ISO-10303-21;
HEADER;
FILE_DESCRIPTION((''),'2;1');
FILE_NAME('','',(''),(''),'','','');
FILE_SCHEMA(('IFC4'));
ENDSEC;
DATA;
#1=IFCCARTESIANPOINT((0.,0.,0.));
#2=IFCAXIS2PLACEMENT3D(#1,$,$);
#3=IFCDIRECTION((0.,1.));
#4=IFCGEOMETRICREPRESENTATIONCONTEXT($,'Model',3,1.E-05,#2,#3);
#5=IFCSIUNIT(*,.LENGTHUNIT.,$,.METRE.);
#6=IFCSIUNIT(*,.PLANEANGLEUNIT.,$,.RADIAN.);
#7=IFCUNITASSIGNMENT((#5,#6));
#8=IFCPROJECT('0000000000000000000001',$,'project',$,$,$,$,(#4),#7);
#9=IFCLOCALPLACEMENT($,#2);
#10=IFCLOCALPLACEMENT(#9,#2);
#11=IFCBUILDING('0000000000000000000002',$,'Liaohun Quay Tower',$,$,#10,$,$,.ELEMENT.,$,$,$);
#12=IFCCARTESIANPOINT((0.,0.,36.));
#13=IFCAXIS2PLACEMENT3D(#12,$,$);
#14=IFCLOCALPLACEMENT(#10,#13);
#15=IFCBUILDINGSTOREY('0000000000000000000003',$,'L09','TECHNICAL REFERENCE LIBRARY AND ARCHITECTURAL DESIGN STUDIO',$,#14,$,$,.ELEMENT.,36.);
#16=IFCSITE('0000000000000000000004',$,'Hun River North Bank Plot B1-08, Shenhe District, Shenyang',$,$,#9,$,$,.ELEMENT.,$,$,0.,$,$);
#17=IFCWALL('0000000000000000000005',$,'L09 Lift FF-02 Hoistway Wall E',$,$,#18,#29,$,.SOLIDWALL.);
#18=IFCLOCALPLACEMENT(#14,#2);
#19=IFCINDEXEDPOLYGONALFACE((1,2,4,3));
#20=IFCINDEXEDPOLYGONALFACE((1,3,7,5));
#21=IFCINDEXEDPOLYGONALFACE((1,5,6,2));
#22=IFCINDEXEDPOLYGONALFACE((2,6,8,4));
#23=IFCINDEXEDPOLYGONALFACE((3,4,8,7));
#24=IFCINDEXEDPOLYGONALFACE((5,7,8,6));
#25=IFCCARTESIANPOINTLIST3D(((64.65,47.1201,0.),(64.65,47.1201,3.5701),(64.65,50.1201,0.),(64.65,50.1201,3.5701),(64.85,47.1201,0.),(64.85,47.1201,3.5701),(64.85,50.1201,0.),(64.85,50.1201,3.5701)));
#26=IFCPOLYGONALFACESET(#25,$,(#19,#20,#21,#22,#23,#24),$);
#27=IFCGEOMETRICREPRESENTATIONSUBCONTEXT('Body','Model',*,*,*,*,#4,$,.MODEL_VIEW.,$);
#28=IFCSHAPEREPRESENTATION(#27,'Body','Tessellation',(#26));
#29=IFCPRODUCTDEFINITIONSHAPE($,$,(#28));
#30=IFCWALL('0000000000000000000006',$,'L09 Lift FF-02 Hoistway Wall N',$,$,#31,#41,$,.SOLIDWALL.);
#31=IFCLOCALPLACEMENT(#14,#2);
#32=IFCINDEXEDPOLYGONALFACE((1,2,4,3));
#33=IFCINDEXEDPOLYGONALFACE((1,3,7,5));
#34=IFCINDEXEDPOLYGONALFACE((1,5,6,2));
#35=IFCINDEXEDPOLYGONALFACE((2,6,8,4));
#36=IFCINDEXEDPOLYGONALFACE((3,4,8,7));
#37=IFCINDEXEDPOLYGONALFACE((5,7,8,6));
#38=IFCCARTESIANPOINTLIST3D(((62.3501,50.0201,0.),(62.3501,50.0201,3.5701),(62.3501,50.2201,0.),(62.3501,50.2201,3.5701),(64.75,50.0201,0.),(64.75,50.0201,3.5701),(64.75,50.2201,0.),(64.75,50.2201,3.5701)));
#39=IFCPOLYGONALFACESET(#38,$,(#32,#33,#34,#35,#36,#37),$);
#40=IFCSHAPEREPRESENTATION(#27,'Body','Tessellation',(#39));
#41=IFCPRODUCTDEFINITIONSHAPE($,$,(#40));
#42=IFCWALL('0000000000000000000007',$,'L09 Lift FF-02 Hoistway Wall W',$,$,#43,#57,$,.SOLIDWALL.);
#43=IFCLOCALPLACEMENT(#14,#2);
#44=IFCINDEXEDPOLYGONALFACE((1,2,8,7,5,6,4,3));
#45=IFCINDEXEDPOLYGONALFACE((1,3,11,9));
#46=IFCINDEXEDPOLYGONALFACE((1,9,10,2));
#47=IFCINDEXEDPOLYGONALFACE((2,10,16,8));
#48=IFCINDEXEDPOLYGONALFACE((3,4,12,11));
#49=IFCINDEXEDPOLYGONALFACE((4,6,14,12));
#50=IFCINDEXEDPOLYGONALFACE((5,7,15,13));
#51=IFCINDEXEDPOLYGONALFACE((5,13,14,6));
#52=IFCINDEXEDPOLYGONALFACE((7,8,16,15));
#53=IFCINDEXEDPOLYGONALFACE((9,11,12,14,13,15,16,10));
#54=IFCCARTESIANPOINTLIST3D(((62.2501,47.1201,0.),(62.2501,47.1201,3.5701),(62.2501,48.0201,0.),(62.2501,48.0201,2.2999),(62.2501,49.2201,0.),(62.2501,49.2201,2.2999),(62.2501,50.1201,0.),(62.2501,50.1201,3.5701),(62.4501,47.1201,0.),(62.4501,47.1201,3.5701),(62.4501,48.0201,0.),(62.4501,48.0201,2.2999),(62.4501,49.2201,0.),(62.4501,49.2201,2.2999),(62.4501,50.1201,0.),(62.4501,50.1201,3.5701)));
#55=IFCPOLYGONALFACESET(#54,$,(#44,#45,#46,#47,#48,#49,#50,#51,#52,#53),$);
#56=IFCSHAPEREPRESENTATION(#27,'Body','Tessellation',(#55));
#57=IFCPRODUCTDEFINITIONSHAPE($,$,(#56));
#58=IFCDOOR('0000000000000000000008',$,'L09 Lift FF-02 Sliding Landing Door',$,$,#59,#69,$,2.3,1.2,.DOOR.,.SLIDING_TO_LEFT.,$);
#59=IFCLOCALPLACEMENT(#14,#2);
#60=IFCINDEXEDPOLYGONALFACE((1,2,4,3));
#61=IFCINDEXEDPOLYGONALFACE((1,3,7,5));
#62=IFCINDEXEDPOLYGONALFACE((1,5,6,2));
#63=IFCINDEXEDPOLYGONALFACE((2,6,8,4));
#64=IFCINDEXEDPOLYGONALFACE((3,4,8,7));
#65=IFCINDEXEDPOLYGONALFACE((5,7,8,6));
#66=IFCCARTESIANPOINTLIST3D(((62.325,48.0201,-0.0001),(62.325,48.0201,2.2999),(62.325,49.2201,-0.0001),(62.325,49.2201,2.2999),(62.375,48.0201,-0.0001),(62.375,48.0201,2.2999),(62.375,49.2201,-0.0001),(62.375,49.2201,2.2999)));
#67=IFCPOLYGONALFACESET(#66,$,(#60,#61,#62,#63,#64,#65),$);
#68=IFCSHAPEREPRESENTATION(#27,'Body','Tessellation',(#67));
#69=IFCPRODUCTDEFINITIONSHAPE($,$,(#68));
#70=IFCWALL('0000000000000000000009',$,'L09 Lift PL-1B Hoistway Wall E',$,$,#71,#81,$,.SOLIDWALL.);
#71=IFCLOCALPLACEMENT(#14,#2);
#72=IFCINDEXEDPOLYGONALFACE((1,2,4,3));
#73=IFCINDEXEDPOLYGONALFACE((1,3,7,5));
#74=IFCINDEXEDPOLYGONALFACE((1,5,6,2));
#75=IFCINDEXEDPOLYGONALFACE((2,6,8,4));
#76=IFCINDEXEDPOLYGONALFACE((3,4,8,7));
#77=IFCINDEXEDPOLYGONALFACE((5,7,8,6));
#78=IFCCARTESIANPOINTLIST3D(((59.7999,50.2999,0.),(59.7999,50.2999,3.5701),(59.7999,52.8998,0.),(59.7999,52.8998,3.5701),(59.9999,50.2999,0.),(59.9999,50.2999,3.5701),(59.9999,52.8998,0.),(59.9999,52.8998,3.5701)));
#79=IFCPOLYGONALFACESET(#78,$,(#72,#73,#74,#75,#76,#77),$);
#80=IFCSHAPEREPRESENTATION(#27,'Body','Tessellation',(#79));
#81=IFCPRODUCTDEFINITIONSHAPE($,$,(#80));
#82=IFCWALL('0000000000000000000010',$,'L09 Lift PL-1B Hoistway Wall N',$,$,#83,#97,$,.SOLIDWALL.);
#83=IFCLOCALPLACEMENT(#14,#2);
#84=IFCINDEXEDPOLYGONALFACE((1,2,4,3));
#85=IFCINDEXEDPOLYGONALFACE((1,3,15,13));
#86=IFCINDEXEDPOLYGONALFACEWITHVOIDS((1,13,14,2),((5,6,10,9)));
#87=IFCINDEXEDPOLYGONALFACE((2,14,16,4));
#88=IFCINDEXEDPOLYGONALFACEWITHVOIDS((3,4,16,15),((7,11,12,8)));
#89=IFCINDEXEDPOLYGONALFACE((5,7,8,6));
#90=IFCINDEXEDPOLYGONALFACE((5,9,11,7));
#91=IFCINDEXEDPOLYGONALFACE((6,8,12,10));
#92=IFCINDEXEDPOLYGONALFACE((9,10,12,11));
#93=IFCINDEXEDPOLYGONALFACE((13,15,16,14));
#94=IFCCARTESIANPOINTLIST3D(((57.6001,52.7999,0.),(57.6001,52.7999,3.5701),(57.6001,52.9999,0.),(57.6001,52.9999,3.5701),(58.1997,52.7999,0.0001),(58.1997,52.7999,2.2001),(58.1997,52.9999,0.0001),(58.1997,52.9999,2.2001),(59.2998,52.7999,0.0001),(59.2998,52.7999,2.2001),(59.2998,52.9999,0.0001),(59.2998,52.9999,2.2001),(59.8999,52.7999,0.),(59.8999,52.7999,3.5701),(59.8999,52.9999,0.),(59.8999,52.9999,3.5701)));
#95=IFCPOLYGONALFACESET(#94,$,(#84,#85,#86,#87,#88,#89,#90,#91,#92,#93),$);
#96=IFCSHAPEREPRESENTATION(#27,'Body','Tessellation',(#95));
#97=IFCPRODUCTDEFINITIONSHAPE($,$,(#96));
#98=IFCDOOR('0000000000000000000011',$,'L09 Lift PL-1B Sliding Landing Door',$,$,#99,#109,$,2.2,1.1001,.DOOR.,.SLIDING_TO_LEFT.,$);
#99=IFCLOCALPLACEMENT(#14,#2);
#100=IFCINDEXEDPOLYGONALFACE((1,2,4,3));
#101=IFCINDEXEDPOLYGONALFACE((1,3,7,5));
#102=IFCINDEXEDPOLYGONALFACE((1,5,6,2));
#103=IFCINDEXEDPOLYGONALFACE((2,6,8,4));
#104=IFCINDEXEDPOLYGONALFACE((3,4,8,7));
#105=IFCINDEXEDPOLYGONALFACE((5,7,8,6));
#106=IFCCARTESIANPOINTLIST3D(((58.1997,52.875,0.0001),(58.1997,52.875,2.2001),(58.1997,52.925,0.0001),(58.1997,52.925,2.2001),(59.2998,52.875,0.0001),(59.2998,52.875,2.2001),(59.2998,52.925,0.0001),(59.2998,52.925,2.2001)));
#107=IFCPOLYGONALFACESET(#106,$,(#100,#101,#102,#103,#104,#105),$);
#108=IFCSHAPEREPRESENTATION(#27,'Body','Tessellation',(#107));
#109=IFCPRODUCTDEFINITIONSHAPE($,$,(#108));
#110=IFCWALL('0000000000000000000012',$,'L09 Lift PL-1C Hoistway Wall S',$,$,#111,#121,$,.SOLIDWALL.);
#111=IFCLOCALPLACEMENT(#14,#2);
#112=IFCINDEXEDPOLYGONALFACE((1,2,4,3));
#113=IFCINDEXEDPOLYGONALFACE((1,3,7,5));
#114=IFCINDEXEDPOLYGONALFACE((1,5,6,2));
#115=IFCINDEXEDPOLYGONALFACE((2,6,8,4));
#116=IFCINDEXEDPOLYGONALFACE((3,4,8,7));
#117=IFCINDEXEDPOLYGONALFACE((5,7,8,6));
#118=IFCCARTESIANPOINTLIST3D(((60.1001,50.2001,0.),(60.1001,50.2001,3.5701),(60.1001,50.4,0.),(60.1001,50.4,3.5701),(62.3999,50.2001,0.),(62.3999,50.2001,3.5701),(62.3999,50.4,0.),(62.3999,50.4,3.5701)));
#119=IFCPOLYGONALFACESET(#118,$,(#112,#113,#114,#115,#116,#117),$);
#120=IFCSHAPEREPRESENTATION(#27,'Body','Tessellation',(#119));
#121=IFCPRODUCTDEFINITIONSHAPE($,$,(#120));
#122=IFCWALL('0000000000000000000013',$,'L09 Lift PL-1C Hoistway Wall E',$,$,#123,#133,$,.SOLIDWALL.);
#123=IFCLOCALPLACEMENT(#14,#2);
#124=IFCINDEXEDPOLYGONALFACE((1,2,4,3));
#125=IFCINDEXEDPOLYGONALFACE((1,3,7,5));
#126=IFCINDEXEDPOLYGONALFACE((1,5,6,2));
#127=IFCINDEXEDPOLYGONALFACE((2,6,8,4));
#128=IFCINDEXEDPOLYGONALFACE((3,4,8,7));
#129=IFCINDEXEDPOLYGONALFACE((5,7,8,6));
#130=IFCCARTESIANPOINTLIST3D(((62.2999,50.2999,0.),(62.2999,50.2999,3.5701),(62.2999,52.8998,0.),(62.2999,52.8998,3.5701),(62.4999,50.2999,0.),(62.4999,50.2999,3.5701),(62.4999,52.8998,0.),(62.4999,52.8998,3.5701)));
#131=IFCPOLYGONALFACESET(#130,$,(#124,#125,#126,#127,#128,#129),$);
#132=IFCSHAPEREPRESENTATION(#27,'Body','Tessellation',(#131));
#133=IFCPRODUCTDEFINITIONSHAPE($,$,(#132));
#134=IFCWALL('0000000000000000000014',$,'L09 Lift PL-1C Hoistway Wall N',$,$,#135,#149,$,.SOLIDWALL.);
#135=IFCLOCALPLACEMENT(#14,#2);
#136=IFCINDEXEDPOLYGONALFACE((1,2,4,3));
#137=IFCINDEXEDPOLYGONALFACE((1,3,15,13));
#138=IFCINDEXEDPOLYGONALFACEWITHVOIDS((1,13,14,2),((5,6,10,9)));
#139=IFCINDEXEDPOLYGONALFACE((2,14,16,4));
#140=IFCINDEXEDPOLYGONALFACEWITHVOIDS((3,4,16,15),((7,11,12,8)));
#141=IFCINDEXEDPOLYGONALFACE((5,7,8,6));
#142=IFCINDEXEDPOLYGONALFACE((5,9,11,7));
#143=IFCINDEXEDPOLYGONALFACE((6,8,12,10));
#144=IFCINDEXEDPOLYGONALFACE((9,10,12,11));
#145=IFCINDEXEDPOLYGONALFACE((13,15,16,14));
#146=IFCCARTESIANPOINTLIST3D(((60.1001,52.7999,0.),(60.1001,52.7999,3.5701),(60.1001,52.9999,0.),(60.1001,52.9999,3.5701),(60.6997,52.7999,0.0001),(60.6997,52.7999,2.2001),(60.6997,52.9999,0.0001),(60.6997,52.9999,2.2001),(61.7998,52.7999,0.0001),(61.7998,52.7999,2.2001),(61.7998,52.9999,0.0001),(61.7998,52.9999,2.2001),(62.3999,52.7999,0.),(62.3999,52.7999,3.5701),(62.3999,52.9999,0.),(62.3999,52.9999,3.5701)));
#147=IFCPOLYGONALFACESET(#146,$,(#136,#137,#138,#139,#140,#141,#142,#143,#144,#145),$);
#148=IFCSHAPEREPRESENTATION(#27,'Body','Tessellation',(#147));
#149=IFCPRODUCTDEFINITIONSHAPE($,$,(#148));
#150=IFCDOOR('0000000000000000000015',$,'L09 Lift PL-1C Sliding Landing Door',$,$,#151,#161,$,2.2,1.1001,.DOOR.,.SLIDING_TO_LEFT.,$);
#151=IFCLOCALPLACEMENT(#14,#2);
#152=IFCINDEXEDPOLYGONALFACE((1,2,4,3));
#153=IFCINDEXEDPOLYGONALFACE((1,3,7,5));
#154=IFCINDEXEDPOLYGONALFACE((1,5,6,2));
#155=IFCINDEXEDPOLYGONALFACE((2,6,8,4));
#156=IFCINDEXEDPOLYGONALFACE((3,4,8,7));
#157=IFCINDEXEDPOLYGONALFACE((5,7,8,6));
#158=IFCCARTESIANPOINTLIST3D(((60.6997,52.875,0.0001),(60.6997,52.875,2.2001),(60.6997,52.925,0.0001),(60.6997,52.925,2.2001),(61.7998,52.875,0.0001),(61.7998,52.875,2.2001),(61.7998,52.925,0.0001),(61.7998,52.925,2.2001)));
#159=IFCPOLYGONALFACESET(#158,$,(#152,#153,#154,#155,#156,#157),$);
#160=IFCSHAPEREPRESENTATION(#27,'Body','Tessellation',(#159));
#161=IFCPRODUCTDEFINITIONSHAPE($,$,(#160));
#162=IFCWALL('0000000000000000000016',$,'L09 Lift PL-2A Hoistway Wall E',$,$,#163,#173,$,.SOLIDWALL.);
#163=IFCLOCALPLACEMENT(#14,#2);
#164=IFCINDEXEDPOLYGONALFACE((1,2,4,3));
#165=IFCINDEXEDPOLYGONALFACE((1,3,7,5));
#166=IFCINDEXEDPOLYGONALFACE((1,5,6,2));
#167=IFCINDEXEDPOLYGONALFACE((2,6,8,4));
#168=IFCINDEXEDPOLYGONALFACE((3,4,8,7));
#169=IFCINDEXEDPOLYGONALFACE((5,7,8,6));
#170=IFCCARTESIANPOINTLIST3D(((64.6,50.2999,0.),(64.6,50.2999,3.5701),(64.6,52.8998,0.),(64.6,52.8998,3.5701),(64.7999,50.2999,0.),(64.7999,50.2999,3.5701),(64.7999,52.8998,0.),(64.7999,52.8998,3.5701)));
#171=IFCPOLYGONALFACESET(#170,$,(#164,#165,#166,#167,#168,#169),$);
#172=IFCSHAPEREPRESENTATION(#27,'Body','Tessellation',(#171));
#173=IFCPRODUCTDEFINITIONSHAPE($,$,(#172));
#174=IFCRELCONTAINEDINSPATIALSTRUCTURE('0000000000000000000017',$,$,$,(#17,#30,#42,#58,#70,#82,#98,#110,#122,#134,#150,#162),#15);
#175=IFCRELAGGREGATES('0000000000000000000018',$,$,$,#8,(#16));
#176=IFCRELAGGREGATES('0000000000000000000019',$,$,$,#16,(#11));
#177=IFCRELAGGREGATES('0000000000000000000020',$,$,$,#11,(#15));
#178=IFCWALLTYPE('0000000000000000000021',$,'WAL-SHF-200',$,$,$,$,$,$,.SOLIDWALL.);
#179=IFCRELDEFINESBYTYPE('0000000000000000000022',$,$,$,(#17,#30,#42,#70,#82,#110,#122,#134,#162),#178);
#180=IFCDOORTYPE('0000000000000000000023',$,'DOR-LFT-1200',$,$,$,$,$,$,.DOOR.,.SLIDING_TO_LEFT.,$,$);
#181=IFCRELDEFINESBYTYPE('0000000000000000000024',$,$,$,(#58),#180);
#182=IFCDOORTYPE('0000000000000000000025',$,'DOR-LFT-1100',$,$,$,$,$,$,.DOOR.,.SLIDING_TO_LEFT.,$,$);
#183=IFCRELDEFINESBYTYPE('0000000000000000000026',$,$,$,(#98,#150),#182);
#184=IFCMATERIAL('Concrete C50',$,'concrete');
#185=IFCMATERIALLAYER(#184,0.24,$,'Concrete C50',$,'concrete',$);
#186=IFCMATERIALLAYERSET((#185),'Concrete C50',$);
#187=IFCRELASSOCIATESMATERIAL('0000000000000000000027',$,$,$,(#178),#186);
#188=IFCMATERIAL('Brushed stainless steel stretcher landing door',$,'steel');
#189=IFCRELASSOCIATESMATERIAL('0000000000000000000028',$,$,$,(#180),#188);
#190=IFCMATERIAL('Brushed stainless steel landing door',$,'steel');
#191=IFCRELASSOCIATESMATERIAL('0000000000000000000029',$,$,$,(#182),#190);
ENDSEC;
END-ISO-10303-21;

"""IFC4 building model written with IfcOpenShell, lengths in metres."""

from ifc_helpers import new_model, si_unit, direction, frame, frame_2d, origin, place, context, subcontext, project, spatial, rectangle, extrude, source, transform, mapped, material, layer, layer_set, type_object, element, fill, save


model = new_model("IFC4")

# Units and contexts
model_context = context("Model", 3, precision=1e-05, world=origin(), true_north=direction((0.0, 1.0)))
body_context = subcontext(model_context, "Body", "Model", "MODEL_VIEW")
ifc_project = project(units=[si_unit("LENGTHUNIT", "METRE"), si_unit("PLANEANGLEUNIT", "RADIAN")], contexts=[model_context])

# Site, building, storey
site_placement = place(None, origin())
site = spatial("IfcSite", under=ifc_project, at=site_placement, Name="Hun River North Bank Plot B1-08, Shenhe District, Shenyang", CompositionType="ELEMENT", RefElevation=0.0)
building_placement = place(site_placement, origin())
building = spatial("IfcBuilding", under=site, at=building_placement, Name="Liaohun Quay Tower", CompositionType="ELEMENT")
storey_placement = place(building_placement, frame((0.0, 0.0, 36.0)))
storey = spatial("IfcBuildingStorey", under=building, at=storey_placement, Name="L09", Description="TECHNICAL REFERENCE LIBRARY AND ARCHITECTURAL DESIGN STUDIO", CompositionType="ELEMENT", Elevation=36.0)

# Shared definitions
ifc_material_1 = material(Name="Concrete C50", Category="concrete")
ifc_layer_1 = layer(ifc_material_1, 0.24, Name="Concrete C50", Category="concrete")
ifc_layer_set_1 = layer_set([ifc_layer_1], Name="Concrete C50")
wall_type_1 = type_object("IfcWallType", Name="WAL-SHF-200", PredefinedType="SOLIDWALL", material=ifc_layer_set_1)

# Walls
wall_1_placement = place(storey_placement, frame((64.75, 47.1201, 0.0), z_axis=(0.0, 0.0, 1.0), x_axis=(0.0, 1.0, 0.0)))
element("IfcWall", 1, at=wall_1_placement, inside=storey, type_object=wall_type_1, Name="L09 Lift FF-02 Hoistway Wall E", PredefinedType="SOLIDWALL", context=body_context, shape_type="SweptSolid", body=[
    extrude(rectangle(XDim=3.0, YDim=0.2, at=frame_2d((1.5, 0.0))), origin(), (0.0, 0.0, 1.0), 3.5701),
])
wall_2_placement = place(storey_placement, frame((64.75, 50.1201, 0.0), z_axis=(0.0, 0.0, 1.0), x_axis=(-1.0, 0.0, 0.0)))
element("IfcWall", 2, at=wall_2_placement, inside=storey, type_object=wall_type_1, Name="L09 Lift FF-02 Hoistway Wall N", PredefinedType="SOLIDWALL", context=body_context, shape_type="SweptSolid", body=[
    extrude(rectangle(XDim=2.3999, YDim=0.2, at=frame_2d((1.2, 0.0))), origin(), (0.0, 0.0, 1.0), 3.5701),
])

# Wall, opening, door
wall_3_placement = place(storey_placement, frame((62.3501, 50.1201, 0.0), z_axis=(0.0, 0.0, 1.0), x_axis=(0.0, -1.0, 0.0)))
wall_3 = element("IfcWall", 3, at=wall_3_placement, inside=storey, type_object=wall_type_1, Name="L09 Lift FF-02 Hoistway Wall W", PredefinedType="SOLIDWALL", context=body_context, shape_type="SweptSolid", body=[
    extrude(rectangle(XDim=3.0, YDim=0.2, at=frame_2d((1.5, 0.0))), origin(), (0.0, 0.0, 1.0), 3.5701),
])
shared_shape_1 = source(origin(), body_context, "Body", "SweptSolid", [
    extrude(rectangle(XDim=1.2, YDim=2.3, at=frame_2d((0.6001, 1.1499))), frame((0.0, 0.1099, 0.0), z_axis=(0.0, -1.0, 0.0), x_axis=(1.0, 0.0, 0.0)), (0.0, 0.0, 1.0), 0.22),
])
opening_1_placement = place(wall_3_placement, frame((0.8999, 0.0, 0.0)))
opening_1 = element("IfcOpeningElement", 4, at=opening_1_placement, cuts=wall_3, PredefinedType="OPENING", context=body_context, shape_type="MappedRepresentation", body=[
    mapped(shared_shape_1, transform((0.0, 0.0, 0.0), x_axis=(1.0, 0.0, 0.0), y_axis=(0.0, 1.0, 0.0), z_axis=(0.0, 0.0, 1.0), scale=1.0)),
])
ifc_material_2 = material(Name="Brushed stainless steel stretcher landing door", Category="steel")
door_type_1 = type_object("IfcDoorType", Name="DOR-LFT-1200", OperationType="SLIDING_TO_LEFT", PredefinedType="DOOR", material=ifc_material_2)
shared_shape_2 = source(origin(), body_context, "Body", "SweptSolid", [
    extrude(rectangle(XDim=1.2, YDim=2.3, at=frame_2d((0.6001, 1.1499))), frame((0.0, 0.0249, 0.0), z_axis=(0.0, -1.0, 0.0), x_axis=(1.0, 0.0, 0.0)), (0.0, 0.0, 1.0), 0.05),
])
door_1_placement = place(opening_1_placement, origin())
door_1 = element("IfcDoor", 5, at=door_1_placement, inside=storey, type_object=door_type_1, Name="L09 Lift FF-02 Sliding Landing Door", OperationType="SLIDING_TO_LEFT", OverallHeight=2.3, OverallWidth=1.2, PredefinedType="DOOR", context=body_context, shape_type="MappedRepresentation", body=[
    mapped(shared_shape_2, transform((0.0, 0.0, 0.0), x_axis=(1.0, 0.0, 0.0), y_axis=(0.0, 1.0, 0.0), z_axis=(0.0, 0.0, 1.0), scale=1.0)),
])
fill(opening_1, door_1)

# Wall
wall_4_placement = place(storey_placement, frame((59.8999, 50.3, 0.0), z_axis=(0.0, 0.0, 1.0), x_axis=(0.0, 1.0, 0.0)))
element("IfcWall", 6, at=wall_4_placement, inside=storey, type_object=wall_type_1, Name="L09 Lift PL-1B Hoistway Wall E", PredefinedType="SOLIDWALL", context=body_context, shape_type="SweptSolid", body=[
    extrude(rectangle(XDim=2.5999, YDim=0.2, at=frame_2d((1.2998, 0.0))), origin(), (0.0, 0.0, 1.0), 3.5701),
])

# Wall, opening, door
wall_5_placement = place(storey_placement, frame((59.8999, 52.8999, 0.0), z_axis=(0.0, 0.0, 1.0), x_axis=(-1.0, 0.0, 0.0)))
wall_5 = element("IfcWall", 7, at=wall_5_placement, inside=storey, type_object=wall_type_1, Name="L09 Lift PL-1B Hoistway Wall N", PredefinedType="SOLIDWALL", context=body_context, shape_type="SweptSolid", body=[
    extrude(rectangle(XDim=2.2998, YDim=0.2, at=frame_2d((1.1499, 0.0))), origin(), (0.0, 0.0, 1.0), 3.5701),
])
shared_shape_3 = source(origin(), body_context, "Body", "SweptSolid", [
    extrude(rectangle(XDim=1.1001, YDim=2.2, at=frame_2d((0.55, 1.1001))), frame((0.0, 0.1099, 0.0), z_axis=(0.0, -1.0, 0.0), x_axis=(1.0, 0.0, 0.0)), (0.0, 0.0, 1.0), 0.22),
])
opening_2_placement = place(wall_5_placement, frame((0.6001, 0.0, 0.0)))
opening_2 = element("IfcOpeningElement", 8, at=opening_2_placement, cuts=wall_5, PredefinedType="OPENING", context=body_context, shape_type="MappedRepresentation", body=[
    mapped(shared_shape_3, transform((0.0, 0.0, 0.0), x_axis=(1.0, 0.0, 0.0), y_axis=(0.0, 1.0, 0.0), z_axis=(0.0, 0.0, 1.0), scale=1.0)),
])
ifc_material_3 = material(Name="Brushed stainless steel landing door", Category="steel")
door_type_2 = type_object("IfcDoorType", Name="DOR-LFT-1100", OperationType="SLIDING_TO_LEFT", PredefinedType="DOOR", material=ifc_material_3)
shared_shape_4 = source(origin(), body_context, "Body", "SweptSolid", [
    extrude(rectangle(XDim=1.1001, YDim=2.2, at=frame_2d((0.55, 1.1001))), frame((0.0, 0.0249, 0.0), z_axis=(0.0, -1.0, 0.0), x_axis=(1.0, 0.0, 0.0)), (0.0, 0.0, 1.0), 0.05),
])
door_2_placement = place(opening_2_placement, origin())
door_2 = element("IfcDoor", 9, at=door_2_placement, inside=storey, type_object=door_type_2, Name="L09 Lift PL-1B Sliding Landing Door", OperationType="SLIDING_TO_LEFT", OverallHeight=2.2, OverallWidth=1.1001, PredefinedType="DOOR", context=body_context, shape_type="MappedRepresentation", body=[
    mapped(shared_shape_4, transform((0.0, 0.0, 0.0), x_axis=(1.0, 0.0, 0.0), y_axis=(0.0, 1.0, 0.0), z_axis=(0.0, 0.0, 1.0), scale=1.0)),
])
fill(opening_2, door_2)

# Walls
wall_6_placement = place(storey_placement, frame((60.1001, 50.3, 0.0), z_axis=(0.0, 0.0, 1.0), x_axis=(1.0, 0.0, 0.0)))
element("IfcWall", 10, at=wall_6_placement, inside=storey, type_object=wall_type_1, Name="L09 Lift PL-1C Hoistway Wall S", PredefinedType="SOLIDWALL", context=body_context, shape_type="SweptSolid", body=[
    extrude(rectangle(XDim=2.2998, YDim=0.2, at=frame_2d((1.1499, 0.0))), origin(), (0.0, 0.0, 1.0), 3.5701),
])
wall_7_placement = place(storey_placement, frame((62.3999, 50.3, 0.0), z_axis=(0.0, 0.0, 1.0), x_axis=(0.0, 1.0, 0.0)))
element("IfcWall", 11, at=wall_7_placement, inside=storey, type_object=wall_type_1, Name="L09 Lift PL-1C Hoistway Wall E", PredefinedType="SOLIDWALL", context=body_context, shape_type="SweptSolid", body=[
    extrude(rectangle(XDim=2.5999, YDim=0.2, at=frame_2d((1.2998, 0.0))), origin(), (0.0, 0.0, 1.0), 3.5701),
])

# Wall, opening, door
wall_8_placement = place(storey_placement, frame((62.3999, 52.8999, 0.0), z_axis=(0.0, 0.0, 1.0), x_axis=(-1.0, 0.0, 0.0)))
wall_8 = element("IfcWall", 12, at=wall_8_placement, inside=storey, type_object=wall_type_1, Name="L09 Lift PL-1C Hoistway Wall N", PredefinedType="SOLIDWALL", context=body_context, shape_type="SweptSolid", body=[
    extrude(rectangle(XDim=2.2998, YDim=0.2, at=frame_2d((1.1499, 0.0))), origin(), (0.0, 0.0, 1.0), 3.5701),
])
opening_3_placement = place(wall_8_placement, frame((0.6001, 0.0, 0.0)))
opening_3 = element("IfcOpeningElement", 13, at=opening_3_placement, cuts=wall_8, PredefinedType="OPENING", context=body_context, shape_type="MappedRepresentation", body=[
    mapped(shared_shape_3, transform((0.0, 0.0, 0.0), x_axis=(1.0, 0.0, 0.0), y_axis=(0.0, 1.0, 0.0), z_axis=(0.0, 0.0, 1.0), scale=1.0)),
])
door_3_placement = place(opening_3_placement, origin())
door_3 = element("IfcDoor", 14, at=door_3_placement, inside=storey, type_object=door_type_2, Name="L09 Lift PL-1C Sliding Landing Door", OperationType="SLIDING_TO_LEFT", OverallHeight=2.2, OverallWidth=1.1001, PredefinedType="DOOR", context=body_context, shape_type="MappedRepresentation", body=[
    mapped(shared_shape_4, transform((0.0, 0.0, 0.0), x_axis=(1.0, 0.0, 0.0), y_axis=(0.0, 1.0, 0.0), z_axis=(0.0, 0.0, 1.0), scale=1.0)),
])
fill(opening_3, door_3)

# Wall
wall_9_placement = place(storey_placement, frame((64.7, 50.3, 0.0), z_axis=(0.0, 0.0, 1.0), x_axis=(0.0, 1.0, 0.0)))
element("IfcWall", 15, at=wall_9_placement, inside=storey, type_object=wall_type_1, Name="L09 Lift PL-2A Hoistway Wall E", PredefinedType="SOLIDWALL", context=body_context, shape_type="SweptSolid", body=[
    extrude(rectangle(XDim=2.5999, YDim=0.2, at=frame_2d((1.2998, 0.0))), origin(), (0.0, 0.0, 1.0), 3.5701),
])

save(model, "model.ifc")
